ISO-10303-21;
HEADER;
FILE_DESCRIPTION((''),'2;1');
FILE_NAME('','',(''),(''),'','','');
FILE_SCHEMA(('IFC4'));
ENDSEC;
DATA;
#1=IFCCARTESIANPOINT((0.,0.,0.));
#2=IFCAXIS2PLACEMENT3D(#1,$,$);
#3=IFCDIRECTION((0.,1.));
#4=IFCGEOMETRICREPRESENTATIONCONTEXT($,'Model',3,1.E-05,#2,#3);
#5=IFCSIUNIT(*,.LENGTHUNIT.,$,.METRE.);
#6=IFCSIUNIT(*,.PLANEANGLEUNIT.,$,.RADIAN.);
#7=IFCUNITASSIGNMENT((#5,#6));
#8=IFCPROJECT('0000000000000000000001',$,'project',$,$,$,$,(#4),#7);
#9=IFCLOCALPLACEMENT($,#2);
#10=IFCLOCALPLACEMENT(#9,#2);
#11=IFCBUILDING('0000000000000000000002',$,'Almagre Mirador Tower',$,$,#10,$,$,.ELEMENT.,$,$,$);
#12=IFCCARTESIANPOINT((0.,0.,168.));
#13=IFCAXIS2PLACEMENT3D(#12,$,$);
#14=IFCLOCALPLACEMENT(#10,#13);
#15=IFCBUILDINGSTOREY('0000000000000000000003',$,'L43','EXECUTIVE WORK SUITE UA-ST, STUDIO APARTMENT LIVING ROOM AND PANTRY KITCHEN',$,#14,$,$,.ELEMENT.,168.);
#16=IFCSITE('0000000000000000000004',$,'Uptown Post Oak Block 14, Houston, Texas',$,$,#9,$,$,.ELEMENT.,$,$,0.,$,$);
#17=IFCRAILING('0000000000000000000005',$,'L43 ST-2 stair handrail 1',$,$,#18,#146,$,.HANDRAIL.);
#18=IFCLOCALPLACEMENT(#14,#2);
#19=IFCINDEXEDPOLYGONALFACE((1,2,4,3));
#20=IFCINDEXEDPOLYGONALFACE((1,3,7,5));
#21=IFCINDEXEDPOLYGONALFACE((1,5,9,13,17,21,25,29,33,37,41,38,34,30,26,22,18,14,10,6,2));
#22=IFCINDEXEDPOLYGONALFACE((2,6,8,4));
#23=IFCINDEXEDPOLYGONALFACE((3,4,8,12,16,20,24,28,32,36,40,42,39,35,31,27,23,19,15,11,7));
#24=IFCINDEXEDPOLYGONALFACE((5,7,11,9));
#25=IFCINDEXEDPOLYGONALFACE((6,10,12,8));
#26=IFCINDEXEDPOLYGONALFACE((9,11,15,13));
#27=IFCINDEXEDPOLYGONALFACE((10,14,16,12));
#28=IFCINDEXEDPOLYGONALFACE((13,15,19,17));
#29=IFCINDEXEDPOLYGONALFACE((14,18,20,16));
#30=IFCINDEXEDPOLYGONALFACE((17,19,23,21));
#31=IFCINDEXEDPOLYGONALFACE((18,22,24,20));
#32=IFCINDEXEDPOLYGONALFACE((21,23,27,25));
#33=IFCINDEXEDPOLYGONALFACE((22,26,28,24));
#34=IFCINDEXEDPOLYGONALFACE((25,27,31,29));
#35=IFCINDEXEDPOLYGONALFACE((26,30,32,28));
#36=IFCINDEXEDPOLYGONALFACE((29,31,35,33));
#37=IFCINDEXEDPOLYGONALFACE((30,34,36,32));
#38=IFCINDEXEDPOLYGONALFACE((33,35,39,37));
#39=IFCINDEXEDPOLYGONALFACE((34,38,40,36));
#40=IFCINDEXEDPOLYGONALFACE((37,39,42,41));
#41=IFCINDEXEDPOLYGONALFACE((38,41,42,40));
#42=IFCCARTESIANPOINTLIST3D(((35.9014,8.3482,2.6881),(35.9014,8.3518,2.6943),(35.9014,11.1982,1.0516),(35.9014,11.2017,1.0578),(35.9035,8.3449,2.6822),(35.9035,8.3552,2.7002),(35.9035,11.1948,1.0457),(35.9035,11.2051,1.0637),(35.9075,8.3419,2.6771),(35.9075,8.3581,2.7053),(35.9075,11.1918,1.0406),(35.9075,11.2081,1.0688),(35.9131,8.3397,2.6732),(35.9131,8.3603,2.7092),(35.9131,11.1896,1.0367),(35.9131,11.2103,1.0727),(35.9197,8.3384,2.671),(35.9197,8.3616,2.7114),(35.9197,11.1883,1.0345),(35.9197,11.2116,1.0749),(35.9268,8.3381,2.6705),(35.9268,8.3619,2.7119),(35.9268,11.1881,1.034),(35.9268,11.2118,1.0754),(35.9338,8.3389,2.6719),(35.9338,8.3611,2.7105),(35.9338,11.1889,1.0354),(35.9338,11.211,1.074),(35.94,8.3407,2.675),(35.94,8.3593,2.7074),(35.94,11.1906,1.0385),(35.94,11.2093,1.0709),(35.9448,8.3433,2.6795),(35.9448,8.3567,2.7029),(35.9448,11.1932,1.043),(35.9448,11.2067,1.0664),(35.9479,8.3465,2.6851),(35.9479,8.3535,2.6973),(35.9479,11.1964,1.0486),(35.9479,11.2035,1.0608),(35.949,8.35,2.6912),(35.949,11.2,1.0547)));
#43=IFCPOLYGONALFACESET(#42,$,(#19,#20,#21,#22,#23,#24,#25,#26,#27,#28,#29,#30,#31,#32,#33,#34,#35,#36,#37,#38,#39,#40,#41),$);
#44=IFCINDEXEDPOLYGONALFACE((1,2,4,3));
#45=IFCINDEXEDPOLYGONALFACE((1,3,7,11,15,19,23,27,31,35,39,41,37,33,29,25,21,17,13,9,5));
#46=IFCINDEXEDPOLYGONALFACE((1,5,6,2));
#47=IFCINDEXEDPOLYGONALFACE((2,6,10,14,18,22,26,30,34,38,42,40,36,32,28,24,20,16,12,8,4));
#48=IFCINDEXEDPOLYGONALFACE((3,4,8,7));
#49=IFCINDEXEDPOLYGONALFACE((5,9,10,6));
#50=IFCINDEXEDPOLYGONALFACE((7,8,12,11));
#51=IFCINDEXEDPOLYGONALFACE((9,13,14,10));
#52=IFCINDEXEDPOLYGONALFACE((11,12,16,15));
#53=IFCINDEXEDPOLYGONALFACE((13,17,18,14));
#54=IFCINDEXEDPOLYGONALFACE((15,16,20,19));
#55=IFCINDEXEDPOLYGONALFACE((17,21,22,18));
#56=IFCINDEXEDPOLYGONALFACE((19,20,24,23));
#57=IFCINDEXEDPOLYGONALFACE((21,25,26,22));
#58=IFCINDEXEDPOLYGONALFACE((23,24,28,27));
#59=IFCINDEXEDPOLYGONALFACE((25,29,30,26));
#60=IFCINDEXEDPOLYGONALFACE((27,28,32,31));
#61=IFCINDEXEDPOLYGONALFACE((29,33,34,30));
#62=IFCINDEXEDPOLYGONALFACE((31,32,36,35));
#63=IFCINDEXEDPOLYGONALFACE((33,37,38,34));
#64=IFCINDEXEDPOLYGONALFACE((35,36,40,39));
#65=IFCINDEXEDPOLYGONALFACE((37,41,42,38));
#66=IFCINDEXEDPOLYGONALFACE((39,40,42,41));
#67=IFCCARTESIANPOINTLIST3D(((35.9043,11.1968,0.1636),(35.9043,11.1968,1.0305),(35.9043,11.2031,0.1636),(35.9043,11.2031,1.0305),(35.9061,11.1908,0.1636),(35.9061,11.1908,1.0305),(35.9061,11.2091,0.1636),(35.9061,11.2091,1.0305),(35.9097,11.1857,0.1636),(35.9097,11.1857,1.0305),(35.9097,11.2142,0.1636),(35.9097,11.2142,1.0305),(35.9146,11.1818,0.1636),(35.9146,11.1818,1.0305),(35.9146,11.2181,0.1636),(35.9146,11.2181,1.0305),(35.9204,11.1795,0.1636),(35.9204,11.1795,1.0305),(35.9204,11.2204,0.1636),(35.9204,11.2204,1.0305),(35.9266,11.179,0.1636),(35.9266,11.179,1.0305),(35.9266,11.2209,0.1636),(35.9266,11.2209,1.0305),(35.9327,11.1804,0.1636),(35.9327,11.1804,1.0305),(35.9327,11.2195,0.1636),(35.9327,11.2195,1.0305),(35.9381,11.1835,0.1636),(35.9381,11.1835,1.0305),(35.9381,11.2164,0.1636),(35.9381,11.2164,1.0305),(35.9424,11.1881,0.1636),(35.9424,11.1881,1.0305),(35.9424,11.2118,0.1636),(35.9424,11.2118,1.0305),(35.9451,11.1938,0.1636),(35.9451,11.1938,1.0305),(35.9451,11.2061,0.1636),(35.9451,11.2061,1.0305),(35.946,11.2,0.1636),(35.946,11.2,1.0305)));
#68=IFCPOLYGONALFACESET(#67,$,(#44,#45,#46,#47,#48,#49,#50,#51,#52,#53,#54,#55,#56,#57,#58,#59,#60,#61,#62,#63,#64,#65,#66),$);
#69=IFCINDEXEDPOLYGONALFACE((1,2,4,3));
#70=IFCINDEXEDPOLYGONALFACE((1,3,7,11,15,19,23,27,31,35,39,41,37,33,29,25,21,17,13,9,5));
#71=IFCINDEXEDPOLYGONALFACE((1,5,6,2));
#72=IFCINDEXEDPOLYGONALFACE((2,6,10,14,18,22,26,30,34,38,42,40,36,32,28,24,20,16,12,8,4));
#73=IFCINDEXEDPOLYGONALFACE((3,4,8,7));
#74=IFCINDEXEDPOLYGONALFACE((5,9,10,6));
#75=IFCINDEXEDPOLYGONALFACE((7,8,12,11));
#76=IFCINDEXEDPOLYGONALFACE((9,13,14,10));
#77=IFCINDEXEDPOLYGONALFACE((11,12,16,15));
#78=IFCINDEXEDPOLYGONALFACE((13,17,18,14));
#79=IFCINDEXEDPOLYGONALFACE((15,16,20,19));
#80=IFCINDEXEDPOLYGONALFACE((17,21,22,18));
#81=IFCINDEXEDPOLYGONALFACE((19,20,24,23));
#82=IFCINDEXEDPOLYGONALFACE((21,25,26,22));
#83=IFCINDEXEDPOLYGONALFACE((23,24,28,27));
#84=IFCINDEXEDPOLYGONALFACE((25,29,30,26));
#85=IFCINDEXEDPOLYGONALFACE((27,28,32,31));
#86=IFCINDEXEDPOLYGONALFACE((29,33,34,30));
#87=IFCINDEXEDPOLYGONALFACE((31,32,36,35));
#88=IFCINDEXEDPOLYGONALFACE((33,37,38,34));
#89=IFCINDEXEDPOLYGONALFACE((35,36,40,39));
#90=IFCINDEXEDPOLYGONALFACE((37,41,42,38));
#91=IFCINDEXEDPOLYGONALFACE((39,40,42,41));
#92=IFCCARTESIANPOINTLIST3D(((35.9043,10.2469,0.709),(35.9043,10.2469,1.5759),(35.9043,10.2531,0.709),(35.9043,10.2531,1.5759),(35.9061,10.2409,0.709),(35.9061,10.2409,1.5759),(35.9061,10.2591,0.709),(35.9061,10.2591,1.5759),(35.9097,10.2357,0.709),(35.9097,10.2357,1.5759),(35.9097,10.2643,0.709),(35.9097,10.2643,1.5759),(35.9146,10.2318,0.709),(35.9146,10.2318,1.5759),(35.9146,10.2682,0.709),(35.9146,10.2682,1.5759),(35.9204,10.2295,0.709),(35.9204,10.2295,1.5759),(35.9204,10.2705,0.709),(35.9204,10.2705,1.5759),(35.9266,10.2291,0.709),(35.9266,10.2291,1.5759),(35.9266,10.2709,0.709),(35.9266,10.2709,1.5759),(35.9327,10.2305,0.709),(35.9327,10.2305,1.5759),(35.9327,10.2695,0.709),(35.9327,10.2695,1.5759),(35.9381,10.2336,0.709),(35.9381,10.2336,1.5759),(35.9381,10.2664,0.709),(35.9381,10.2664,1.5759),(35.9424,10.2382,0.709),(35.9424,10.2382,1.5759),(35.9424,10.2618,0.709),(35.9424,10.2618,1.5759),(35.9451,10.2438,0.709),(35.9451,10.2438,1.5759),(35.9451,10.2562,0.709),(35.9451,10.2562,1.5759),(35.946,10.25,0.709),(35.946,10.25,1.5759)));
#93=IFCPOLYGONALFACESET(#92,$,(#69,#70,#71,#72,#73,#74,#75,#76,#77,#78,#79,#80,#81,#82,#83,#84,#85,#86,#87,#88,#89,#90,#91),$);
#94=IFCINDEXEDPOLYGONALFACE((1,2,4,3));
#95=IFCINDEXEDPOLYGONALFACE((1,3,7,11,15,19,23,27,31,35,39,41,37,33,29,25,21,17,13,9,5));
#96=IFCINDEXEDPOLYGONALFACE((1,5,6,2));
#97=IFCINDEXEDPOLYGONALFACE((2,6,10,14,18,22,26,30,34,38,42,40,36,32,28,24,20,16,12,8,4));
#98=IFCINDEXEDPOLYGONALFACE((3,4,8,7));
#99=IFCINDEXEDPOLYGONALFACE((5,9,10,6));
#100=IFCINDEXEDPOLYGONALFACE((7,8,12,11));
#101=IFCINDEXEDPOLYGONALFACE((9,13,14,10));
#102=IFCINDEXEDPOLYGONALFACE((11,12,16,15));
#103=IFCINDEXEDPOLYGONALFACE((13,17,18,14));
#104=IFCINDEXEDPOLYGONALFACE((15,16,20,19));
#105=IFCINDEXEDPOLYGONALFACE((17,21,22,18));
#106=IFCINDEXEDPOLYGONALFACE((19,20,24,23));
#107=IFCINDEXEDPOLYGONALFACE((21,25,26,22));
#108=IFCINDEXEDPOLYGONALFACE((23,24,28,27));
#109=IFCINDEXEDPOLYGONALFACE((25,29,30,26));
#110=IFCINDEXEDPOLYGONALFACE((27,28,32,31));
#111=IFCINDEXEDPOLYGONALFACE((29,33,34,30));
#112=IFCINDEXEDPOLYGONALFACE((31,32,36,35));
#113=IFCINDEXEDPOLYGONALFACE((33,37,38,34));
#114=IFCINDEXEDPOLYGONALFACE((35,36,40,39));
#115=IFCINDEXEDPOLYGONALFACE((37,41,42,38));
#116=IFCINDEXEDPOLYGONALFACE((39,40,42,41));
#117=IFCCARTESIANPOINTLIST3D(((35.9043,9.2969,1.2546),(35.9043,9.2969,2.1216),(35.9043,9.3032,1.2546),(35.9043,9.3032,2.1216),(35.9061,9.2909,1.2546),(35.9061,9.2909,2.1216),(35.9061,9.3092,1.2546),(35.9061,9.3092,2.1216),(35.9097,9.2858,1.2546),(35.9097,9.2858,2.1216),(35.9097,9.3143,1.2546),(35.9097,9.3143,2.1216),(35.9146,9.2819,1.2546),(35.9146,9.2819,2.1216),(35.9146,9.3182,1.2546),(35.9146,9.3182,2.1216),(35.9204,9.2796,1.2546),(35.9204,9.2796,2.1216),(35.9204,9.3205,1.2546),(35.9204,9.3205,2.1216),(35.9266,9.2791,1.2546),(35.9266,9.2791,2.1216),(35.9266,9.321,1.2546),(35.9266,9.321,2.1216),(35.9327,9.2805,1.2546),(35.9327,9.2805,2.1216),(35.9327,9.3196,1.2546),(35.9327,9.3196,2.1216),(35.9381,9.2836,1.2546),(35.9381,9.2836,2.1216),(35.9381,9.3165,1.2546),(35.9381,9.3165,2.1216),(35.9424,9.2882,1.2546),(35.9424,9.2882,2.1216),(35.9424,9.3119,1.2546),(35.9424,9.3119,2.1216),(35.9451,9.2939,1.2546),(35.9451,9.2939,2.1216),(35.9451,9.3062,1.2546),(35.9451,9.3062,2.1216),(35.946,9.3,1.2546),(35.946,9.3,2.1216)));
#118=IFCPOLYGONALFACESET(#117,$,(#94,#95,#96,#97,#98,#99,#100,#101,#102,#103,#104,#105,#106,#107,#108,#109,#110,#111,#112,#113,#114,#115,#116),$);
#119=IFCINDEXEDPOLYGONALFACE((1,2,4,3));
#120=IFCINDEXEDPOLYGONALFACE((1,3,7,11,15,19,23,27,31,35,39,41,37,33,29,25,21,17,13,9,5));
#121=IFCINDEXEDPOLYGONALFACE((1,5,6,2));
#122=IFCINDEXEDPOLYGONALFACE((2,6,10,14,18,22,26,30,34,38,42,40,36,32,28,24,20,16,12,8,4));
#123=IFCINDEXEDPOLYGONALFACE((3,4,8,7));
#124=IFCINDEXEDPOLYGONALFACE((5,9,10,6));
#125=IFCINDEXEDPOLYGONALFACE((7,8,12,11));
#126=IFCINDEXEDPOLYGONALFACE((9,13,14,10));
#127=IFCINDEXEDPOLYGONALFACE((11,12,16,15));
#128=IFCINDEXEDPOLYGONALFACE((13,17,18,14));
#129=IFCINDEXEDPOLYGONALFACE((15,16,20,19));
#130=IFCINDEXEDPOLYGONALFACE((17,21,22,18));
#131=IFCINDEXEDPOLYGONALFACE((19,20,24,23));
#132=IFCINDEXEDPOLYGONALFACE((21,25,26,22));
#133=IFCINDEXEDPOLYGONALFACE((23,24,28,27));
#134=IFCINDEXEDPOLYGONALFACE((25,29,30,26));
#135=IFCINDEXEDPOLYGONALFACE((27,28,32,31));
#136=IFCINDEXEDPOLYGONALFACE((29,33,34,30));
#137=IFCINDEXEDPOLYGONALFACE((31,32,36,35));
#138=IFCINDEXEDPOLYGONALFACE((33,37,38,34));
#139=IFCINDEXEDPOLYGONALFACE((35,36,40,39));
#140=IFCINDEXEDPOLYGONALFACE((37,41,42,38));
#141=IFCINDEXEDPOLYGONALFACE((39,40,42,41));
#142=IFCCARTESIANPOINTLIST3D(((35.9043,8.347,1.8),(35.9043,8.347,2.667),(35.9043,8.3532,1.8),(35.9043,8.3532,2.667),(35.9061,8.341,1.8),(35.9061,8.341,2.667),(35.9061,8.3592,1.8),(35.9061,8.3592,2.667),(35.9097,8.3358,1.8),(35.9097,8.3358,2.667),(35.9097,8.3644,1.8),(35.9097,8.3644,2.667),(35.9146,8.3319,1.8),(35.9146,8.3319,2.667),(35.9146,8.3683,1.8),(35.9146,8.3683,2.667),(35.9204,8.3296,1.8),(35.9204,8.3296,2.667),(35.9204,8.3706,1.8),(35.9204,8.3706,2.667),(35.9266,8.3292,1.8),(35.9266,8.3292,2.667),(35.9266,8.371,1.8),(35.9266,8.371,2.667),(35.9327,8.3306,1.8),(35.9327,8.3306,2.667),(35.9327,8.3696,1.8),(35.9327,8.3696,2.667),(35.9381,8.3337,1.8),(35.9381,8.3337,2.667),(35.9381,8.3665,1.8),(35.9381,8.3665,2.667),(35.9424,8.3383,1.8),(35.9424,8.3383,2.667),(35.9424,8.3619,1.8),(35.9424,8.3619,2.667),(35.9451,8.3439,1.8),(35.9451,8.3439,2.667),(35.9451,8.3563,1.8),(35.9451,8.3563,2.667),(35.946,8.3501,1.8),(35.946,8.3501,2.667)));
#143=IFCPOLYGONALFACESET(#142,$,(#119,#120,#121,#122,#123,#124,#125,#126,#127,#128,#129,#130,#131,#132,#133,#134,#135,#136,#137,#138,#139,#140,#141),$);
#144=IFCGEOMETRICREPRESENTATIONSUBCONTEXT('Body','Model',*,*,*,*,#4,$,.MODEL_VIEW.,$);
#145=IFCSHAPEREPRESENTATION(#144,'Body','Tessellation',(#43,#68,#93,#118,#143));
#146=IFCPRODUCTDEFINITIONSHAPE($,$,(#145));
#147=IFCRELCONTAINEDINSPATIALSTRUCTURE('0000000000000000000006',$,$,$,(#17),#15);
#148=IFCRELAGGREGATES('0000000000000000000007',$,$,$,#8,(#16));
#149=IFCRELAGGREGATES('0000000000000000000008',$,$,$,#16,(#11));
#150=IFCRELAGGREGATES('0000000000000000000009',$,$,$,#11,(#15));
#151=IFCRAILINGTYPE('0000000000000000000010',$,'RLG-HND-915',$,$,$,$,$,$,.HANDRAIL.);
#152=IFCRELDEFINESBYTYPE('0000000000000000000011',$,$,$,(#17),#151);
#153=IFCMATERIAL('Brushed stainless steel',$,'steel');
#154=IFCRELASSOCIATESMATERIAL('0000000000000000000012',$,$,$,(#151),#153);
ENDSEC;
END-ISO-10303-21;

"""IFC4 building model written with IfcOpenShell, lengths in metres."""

from ifc_helpers import new_model, si_unit, direction, frame, origin, origin_2d, place, context, subcontext, project, spatial, circle, extrude, material, type_object, element, save


model = new_model("IFC4")

# Units and contexts
model_context = context("Model", 3, precision=1e-05, world=origin(), true_north=direction((0.0, 1.0)))
body_context = subcontext(model_context, "Body", "Model", "MODEL_VIEW")
ifc_project = project(units=[si_unit("LENGTHUNIT", "METRE"), si_unit("PLANEANGLEUNIT", "RADIAN")], contexts=[model_context])

# Site, building, storey
site_placement = place(None, origin())
site = spatial("IfcSite", under=ifc_project, at=site_placement, Name="Uptown Post Oak Block 14, Houston, Texas", CompositionType="ELEMENT", RefElevation=0.0)
building_placement = place(site_placement, origin())
building = spatial("IfcBuilding", under=site, at=building_placement, Name="Almagre Mirador Tower", CompositionType="ELEMENT")
storey_placement = place(building_placement, frame((0.0, 0.0, 168.0)))
storey = spatial("IfcBuildingStorey", under=building, at=storey_placement, Name="L43", Description="EXECUTIVE WORK SUITE UA-ST, STUDIO APARTMENT LIVING ROOM AND PANTRY KITCHEN", CompositionType="ELEMENT", Elevation=168.0)

# Railing
ifc_material_1 = material(Name="Brushed stainless steel", Category="steel")
railing_type_1 = type_object("IfcRailingType", Name="RLG-HND-915", PredefinedType="HANDRAIL", material=ifc_material_1)
railing_1_placement = place(storey_placement, frame((35.925, 11.2, 0.1636)))
element("IfcRailing", 1, at=railing_1_placement, inside=storey, type_object=railing_type_1, Name="L43 ST-2 stair handrail 1", PredefinedType="HANDRAIL", context=body_context, shape_type="SweptSolid", body=[
    extrude(circle(Radius=0.0239, at=origin_2d()), frame((0.0, 0.0, 0.8911), z_axis=(0.0, -0.867194, 0.49797), x_axis=(1.0, 0.0, 0.0)), (0.0, 0.0, 1.0), 3.2864),
    extrude(circle(Radius=0.021, at=origin_2d()), origin(), (0.0, 0.0, 1.0), 0.8669),
    extrude(circle(Radius=0.021, at=origin_2d()), frame((0.0, -0.95, 0.5454)), (0.0, 0.0, 1.0), 0.8669),
    extrude(circle(Radius=0.021, at=origin_2d()), frame((0.0, -1.8999, 1.0911)), (0.0, 0.0, 1.0), 0.8669),
    extrude(circle(Radius=0.021, at=origin_2d()), frame((0.0, -2.8499, 1.6365)), (0.0, 0.0, 1.0), 0.8669),
])

save(model, "model.ifc")
